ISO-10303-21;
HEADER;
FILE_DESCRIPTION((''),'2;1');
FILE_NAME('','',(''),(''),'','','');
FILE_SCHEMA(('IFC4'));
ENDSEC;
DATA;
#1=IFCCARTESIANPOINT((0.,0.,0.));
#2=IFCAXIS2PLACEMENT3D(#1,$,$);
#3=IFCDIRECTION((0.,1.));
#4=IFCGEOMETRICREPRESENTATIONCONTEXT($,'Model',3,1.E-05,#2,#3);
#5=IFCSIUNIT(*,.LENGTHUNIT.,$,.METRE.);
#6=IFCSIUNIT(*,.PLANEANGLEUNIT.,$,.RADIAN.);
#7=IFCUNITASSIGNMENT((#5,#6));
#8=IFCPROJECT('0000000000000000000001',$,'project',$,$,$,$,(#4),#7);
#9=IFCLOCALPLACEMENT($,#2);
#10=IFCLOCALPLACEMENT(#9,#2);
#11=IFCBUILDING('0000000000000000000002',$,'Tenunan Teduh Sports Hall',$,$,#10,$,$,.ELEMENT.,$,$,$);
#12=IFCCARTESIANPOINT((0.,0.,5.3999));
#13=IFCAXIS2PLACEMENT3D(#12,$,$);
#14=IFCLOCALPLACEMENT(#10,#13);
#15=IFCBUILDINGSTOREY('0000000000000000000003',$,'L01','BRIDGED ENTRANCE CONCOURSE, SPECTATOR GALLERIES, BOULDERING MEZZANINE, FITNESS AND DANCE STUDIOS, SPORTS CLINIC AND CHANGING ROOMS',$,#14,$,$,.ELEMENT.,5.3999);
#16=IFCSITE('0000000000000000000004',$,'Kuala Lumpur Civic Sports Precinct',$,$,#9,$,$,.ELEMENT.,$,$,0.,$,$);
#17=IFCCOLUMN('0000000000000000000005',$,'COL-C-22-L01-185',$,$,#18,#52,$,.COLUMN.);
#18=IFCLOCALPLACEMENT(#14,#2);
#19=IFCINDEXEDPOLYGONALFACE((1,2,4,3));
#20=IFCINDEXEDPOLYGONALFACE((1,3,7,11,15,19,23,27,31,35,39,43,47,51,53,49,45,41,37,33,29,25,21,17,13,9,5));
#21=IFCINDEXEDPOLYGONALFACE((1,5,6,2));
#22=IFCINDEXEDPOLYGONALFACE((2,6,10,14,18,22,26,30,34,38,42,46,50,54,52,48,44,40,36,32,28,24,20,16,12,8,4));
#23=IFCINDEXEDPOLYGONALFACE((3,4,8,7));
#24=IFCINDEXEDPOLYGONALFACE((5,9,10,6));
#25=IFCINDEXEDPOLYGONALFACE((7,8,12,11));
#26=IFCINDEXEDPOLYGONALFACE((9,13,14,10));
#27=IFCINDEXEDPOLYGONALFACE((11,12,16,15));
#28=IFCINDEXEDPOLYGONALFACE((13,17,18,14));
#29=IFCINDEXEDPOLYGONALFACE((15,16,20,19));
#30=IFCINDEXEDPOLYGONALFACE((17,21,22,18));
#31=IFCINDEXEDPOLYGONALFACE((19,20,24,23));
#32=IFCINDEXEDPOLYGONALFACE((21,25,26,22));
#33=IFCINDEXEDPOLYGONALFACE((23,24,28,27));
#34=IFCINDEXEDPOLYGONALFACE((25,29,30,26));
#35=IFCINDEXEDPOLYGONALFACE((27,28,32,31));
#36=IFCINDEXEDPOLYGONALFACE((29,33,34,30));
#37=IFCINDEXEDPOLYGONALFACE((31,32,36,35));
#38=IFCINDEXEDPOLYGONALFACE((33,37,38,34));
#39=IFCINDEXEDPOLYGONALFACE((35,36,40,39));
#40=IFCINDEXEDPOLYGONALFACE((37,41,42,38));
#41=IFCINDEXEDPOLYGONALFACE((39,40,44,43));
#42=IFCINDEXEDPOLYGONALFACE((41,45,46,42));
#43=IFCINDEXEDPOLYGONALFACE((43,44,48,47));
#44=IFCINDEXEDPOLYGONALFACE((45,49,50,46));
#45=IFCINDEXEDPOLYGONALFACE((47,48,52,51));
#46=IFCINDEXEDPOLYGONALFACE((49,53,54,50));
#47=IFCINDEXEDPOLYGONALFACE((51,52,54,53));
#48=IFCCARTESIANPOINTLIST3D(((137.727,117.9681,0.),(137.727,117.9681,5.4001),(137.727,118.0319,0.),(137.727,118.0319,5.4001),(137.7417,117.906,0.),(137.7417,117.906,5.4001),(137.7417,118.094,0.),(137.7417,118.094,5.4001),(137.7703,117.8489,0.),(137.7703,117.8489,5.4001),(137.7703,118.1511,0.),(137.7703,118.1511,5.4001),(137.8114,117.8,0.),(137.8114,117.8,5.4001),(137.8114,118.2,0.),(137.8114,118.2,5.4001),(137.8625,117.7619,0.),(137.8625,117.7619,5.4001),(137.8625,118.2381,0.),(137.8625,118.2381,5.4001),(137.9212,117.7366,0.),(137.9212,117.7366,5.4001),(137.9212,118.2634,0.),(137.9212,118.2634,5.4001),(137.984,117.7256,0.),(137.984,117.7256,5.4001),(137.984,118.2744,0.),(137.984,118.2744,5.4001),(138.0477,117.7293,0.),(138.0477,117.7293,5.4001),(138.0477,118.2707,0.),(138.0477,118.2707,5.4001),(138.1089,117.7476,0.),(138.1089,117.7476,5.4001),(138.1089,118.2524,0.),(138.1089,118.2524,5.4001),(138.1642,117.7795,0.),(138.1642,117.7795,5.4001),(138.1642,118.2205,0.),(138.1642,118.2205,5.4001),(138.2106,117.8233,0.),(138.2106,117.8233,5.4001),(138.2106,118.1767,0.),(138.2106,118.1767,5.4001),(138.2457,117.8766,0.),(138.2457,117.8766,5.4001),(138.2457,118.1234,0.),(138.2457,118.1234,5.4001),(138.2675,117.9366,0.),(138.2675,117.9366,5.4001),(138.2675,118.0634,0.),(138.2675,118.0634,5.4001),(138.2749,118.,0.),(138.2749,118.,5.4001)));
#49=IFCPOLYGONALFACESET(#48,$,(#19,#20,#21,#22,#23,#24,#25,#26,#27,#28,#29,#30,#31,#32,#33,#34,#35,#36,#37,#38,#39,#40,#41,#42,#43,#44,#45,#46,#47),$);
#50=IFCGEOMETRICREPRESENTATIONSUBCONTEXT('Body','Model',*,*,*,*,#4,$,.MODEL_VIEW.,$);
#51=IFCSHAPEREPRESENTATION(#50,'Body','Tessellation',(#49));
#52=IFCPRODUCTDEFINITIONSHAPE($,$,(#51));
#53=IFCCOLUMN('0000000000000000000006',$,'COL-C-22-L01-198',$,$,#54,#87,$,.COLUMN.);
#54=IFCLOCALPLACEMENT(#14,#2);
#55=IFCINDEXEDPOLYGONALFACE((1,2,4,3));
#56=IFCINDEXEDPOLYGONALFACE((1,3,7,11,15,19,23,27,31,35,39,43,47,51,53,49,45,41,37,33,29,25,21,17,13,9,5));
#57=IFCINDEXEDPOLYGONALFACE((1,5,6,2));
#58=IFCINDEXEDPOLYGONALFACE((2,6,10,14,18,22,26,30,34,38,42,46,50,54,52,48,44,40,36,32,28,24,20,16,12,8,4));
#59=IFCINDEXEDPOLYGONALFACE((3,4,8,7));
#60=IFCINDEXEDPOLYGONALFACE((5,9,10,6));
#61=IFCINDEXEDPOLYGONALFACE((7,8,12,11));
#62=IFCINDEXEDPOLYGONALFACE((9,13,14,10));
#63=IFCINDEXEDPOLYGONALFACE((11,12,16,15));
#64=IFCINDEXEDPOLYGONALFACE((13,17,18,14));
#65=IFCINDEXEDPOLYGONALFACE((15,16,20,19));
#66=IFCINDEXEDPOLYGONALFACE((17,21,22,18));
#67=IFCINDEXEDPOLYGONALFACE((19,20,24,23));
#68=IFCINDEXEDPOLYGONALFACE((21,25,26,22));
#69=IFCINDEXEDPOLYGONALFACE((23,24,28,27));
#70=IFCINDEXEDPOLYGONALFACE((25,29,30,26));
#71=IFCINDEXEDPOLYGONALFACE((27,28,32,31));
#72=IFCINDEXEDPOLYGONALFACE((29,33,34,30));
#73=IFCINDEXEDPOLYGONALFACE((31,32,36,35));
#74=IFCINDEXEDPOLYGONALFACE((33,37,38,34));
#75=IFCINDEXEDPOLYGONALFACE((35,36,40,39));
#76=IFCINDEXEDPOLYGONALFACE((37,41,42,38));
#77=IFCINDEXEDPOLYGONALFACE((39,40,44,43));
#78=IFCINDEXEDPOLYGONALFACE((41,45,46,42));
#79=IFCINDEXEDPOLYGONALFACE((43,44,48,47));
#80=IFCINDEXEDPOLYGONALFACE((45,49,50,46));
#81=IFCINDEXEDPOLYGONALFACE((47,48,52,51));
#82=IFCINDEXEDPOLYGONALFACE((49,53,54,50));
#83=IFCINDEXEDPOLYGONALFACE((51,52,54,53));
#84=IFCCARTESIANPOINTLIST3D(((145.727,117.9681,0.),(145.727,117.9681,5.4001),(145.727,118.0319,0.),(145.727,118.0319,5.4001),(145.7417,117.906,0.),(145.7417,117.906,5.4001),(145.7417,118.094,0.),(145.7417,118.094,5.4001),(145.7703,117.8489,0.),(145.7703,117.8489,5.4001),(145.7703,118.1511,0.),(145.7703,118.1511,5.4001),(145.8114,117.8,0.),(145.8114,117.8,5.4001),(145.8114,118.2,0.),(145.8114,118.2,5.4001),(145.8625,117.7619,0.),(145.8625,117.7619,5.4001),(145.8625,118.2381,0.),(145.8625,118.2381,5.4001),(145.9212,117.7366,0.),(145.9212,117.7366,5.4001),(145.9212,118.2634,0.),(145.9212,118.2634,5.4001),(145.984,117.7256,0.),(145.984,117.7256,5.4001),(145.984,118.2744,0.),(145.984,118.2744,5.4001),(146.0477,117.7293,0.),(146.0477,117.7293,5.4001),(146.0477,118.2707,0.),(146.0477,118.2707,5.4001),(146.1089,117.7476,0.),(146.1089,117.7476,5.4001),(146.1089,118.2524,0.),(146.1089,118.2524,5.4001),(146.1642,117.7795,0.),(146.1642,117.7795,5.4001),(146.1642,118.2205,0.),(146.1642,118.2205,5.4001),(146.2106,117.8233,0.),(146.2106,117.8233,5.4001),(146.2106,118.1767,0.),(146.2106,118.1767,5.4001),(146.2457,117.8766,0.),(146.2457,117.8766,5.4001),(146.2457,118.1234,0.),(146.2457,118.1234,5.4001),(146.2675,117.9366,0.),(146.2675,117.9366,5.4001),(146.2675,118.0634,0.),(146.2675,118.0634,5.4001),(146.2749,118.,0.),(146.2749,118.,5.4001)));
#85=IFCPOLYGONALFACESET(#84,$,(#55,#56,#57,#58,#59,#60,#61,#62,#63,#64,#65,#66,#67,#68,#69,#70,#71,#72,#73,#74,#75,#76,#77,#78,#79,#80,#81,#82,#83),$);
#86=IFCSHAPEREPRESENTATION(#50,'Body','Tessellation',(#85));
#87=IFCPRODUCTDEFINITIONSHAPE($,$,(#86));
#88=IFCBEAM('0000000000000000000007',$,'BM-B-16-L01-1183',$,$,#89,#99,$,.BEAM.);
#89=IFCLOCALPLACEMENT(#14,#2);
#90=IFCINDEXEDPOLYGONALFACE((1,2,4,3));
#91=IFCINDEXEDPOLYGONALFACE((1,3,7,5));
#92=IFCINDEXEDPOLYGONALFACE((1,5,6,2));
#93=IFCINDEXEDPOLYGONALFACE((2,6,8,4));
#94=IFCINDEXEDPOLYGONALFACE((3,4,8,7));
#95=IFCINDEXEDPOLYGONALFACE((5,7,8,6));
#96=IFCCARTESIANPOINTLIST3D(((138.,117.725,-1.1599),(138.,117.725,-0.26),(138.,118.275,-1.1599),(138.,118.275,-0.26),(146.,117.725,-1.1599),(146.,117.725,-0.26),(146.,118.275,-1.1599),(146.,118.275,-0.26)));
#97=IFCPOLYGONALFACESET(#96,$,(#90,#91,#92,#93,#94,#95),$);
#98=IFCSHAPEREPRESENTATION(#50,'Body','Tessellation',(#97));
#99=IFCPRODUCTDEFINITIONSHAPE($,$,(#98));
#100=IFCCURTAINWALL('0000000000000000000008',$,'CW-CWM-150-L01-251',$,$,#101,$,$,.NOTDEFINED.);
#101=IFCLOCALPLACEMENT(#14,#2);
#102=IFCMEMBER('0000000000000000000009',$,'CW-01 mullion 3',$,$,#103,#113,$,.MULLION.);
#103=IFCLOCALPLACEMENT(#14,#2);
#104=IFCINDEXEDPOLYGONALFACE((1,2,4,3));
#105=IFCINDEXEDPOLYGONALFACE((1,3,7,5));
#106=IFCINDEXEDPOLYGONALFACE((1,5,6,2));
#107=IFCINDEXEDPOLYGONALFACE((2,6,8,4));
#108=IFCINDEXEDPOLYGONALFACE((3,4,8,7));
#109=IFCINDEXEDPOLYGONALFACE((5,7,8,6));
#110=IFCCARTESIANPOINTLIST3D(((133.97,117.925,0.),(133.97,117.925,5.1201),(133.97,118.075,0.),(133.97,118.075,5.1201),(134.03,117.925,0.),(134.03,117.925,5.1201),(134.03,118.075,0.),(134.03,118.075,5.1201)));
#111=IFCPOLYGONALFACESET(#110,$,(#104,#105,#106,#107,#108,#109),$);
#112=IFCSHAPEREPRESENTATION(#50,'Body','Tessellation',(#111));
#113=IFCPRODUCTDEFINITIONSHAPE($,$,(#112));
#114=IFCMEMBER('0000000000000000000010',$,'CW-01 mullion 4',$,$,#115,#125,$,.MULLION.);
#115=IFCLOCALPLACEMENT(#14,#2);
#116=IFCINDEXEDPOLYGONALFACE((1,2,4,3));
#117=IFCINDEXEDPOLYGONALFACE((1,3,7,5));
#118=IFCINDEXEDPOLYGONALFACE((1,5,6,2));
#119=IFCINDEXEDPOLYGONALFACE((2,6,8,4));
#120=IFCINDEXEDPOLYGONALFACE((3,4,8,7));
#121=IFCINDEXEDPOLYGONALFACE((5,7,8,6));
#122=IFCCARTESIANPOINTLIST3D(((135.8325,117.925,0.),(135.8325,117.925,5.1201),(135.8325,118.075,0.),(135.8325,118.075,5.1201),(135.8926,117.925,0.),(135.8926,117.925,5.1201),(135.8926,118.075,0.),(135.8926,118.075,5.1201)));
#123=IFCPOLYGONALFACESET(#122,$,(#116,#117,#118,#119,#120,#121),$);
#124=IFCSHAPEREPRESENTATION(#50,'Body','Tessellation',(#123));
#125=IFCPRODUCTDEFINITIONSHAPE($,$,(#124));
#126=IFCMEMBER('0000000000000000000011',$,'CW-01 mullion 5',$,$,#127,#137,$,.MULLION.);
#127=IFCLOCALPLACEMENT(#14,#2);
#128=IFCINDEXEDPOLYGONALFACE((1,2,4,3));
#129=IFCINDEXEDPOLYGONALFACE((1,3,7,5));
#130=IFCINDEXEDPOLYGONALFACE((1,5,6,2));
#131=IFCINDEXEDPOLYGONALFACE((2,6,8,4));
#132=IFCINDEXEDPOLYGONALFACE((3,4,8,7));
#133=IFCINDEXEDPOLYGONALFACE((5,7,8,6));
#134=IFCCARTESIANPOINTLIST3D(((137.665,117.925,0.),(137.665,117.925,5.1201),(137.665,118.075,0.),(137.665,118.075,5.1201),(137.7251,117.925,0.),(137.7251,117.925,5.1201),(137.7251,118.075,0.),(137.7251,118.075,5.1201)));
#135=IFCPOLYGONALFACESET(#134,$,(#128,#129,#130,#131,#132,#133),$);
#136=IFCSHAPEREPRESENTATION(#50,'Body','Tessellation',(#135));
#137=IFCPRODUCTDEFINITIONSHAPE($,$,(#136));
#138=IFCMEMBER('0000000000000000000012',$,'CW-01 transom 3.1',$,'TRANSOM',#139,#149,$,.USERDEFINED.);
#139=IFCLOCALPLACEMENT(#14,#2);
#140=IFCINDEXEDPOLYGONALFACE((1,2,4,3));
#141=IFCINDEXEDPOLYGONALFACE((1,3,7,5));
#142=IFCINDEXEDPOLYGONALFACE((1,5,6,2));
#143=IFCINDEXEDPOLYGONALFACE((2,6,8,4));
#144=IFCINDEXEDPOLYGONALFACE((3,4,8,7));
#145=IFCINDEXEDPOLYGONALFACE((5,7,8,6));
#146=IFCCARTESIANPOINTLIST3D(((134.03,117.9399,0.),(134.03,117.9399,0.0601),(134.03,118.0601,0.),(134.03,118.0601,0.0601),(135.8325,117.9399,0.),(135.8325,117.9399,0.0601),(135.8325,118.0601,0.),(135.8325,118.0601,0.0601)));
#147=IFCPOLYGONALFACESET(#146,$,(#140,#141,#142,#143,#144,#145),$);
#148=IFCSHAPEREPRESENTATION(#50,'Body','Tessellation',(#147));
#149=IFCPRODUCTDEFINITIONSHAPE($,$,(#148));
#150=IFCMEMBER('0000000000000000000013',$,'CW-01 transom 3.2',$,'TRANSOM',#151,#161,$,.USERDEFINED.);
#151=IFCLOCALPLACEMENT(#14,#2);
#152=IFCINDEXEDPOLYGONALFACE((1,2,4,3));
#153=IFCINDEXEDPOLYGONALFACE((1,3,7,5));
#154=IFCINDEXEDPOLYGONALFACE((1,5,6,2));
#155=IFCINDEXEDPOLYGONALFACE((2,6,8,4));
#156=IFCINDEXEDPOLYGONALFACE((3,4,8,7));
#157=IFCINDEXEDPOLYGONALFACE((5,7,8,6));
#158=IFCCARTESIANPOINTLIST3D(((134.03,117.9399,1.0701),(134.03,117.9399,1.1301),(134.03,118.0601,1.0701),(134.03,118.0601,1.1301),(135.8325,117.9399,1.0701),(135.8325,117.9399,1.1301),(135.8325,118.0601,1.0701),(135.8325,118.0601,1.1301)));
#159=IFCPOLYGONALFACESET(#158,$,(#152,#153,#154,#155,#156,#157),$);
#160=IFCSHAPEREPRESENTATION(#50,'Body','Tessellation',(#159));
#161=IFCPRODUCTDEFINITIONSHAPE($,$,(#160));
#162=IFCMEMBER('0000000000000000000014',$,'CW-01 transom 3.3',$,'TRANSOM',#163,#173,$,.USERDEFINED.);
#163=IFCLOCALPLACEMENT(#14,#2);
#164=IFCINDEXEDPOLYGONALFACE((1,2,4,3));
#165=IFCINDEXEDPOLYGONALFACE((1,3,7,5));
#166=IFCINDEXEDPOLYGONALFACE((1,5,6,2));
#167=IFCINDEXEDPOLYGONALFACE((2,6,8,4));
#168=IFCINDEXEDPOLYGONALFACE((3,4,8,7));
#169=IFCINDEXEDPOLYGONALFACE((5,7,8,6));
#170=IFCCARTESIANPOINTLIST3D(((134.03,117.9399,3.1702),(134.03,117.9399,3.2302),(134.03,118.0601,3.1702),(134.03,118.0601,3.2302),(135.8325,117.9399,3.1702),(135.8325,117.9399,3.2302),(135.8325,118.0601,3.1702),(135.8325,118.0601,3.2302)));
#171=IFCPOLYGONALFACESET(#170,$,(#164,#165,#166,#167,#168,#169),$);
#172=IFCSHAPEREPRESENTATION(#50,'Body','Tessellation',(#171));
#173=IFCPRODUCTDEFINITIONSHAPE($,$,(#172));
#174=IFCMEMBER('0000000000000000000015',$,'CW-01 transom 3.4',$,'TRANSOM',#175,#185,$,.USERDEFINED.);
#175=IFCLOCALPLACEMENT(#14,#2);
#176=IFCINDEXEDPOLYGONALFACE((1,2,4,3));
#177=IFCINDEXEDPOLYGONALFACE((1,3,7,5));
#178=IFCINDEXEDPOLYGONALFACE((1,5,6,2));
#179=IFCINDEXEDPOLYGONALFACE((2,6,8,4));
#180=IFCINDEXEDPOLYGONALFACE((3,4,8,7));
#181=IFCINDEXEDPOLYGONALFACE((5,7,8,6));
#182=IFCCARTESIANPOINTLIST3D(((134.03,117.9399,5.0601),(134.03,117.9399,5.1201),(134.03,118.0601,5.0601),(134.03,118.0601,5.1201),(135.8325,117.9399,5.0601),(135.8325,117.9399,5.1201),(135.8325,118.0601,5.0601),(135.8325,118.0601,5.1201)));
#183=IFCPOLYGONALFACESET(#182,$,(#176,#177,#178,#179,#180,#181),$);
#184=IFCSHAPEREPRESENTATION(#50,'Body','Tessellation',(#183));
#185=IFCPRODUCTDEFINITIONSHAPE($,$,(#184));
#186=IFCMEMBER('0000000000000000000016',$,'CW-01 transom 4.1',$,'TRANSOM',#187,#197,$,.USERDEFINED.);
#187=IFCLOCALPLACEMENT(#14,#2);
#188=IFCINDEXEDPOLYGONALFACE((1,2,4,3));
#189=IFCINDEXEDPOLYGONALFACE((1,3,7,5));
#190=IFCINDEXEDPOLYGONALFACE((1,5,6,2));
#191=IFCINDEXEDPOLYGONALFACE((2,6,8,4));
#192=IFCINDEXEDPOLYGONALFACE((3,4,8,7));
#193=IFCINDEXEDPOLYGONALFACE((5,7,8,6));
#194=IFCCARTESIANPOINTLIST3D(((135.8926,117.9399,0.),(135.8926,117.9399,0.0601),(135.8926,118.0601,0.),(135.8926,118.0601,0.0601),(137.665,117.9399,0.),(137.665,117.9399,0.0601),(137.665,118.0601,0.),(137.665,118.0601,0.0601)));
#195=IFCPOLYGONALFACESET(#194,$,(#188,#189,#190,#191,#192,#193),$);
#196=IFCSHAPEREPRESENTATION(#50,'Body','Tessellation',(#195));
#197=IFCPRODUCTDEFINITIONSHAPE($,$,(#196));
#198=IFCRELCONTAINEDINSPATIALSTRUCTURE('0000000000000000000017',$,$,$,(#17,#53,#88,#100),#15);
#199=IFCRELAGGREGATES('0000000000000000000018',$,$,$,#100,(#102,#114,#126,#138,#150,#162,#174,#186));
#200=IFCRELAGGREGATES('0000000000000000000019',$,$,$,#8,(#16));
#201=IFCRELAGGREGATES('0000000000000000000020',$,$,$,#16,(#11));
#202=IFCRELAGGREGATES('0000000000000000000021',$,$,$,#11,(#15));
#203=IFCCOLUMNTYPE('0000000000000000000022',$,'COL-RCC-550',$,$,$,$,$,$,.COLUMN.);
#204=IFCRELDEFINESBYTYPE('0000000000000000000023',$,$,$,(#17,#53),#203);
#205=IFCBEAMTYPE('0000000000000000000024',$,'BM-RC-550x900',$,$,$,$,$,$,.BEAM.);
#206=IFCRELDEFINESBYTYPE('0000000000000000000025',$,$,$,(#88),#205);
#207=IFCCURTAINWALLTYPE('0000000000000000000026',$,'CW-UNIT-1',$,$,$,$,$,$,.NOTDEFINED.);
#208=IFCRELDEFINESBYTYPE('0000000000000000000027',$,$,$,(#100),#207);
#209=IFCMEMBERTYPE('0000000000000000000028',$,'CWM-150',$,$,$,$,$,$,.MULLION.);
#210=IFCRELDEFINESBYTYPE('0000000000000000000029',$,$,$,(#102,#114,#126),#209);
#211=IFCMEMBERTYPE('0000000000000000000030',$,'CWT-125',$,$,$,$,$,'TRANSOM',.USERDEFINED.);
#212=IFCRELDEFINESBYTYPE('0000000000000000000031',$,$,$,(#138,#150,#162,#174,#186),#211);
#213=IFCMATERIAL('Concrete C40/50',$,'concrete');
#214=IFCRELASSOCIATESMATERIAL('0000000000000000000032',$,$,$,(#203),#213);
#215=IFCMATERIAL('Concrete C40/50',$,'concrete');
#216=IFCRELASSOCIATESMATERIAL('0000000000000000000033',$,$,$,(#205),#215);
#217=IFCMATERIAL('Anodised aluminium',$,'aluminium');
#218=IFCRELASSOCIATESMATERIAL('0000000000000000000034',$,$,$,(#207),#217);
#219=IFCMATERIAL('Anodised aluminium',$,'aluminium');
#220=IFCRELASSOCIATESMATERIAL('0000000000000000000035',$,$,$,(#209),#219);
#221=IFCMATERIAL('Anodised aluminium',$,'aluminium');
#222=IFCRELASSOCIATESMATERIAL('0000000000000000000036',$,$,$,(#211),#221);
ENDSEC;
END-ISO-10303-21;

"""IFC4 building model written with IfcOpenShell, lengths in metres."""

from ifc_helpers import new_model, si_unit, direction, frame, origin, origin_2d, place, context, subcontext, project, spatial, rectangle, circle, extrude, material, material_profile, profile_set, type_object, element, aggregate, save


model = new_model("IFC4")

# Units and contexts
model_context = context("Model", 3, precision=1e-05, world=origin(), true_north=direction((0.0, 1.0)))
body_context = subcontext(model_context, "Body", "Model", "MODEL_VIEW")
ifc_project = project(units=[si_unit("LENGTHUNIT", "METRE"), si_unit("PLANEANGLEUNIT", "RADIAN")], contexts=[model_context])

# Site, building, storey
site_placement = place(None, origin())
site = spatial("IfcSite", under=ifc_project, at=site_placement, Name="Kuala Lumpur Civic Sports Precinct", CompositionType="ELEMENT", RefElevation=0.0)
building_placement = place(site_placement, origin())
building = spatial("IfcBuilding", under=site, at=building_placement, Name="Tenunan Teduh Sports Hall", CompositionType="ELEMENT")
storey_placement = place(building_placement, frame((0.0, 0.0, 5.3999)))
storey = spatial("IfcBuildingStorey", under=building, at=storey_placement, Name="L01", Description="BRIDGED ENTRANCE CONCOURSE, SPECTATOR GALLERIES, BOULDERING MEZZANINE, FITNESS AND DANCE STUDIOS, SPORTS CLINIC AND CHANGING ROOMS", CompositionType="ELEMENT", Elevation=5.3999)

# Columns
ifc_material_1 = material(Name="Concrete C40/50", Category="concrete")
ifc_material_profile_1 = material_profile(ifc_material_1, circle(Radius=0.2749, at=origin_2d()), Name="RCC D550")
ifc_profile_set_1 = profile_set([ifc_material_profile_1], Name="Concrete C40/50")
column_type = type_object("IfcColumnType", Name="COL-RCC-550", PredefinedType="COLUMN", material=ifc_profile_set_1)
for number, where, z_axis, x_axis, name in (
    (1, (138.0, 118.0, 0.0), (0.0, 0.0, 1.0), (1.0, 0.0, 0.0), "COL-C-22-L01-185"),
    (2, (146.0, 118.0, 0.0), (0.0, 0.0, 1.0), (1.0, 0.0, 0.0), "COL-C-22-L01-198"),
):
    element("IfcColumn", number, at=place(storey_placement, frame(where, z_axis=z_axis, x_axis=x_axis)), inside=storey, type_object=column_type, Name=name, PredefinedType="COLUMN", context=body_context, shape_type="SweptSolid", body=[
        extrude(circle(Radius=0.2749, at=origin_2d()), origin(), (0.0, 0.0, 1.0), 5.4001),
    ])

# Beam
ifc_material_2 = material(Name="Concrete C40/50", Category="concrete")
ifc_material_profile_2 = material_profile(ifc_material_2, rectangle(XDim=0.55, YDim=0.8999, at=origin_2d()), Name="RCB 550x900")
ifc_profile_set_2 = profile_set([ifc_material_profile_2], Name="Concrete C40/50")
beam_type_1 = type_object("IfcBeamType", Name="BM-RC-550x900", PredefinedType="BEAM", material=ifc_profile_set_2)
beam_1_placement = place(storey_placement, frame((138.0, 118.0, -0.71), z_axis=(1.0, 0.0, 0.0), x_axis=(0.0, 1.0, 0.0)))
element("IfcBeam", 3, at=beam_1_placement, inside=storey, type_object=beam_type_1, Name="BM-B-16-L01-1183", PredefinedType="BEAM", context=body_context, shape_type="SweptSolid", body=[
    extrude(rectangle(XDim=0.55, YDim=0.8999, at=origin_2d()), origin(), (0.0, 0.0, 1.0), 8.0),
])

# Curtain wall, members
ifc_material_3 = material(Name="Anodised aluminium", Category="aluminium")
curtain_wall_type = type_object("IfcCurtainWallType", Name="CW-UNIT-1", PredefinedType="NOTDEFINED", material=ifc_material_3)
curtain_wall_placement = place(storey_placement, origin())
curtain_wall = element("IfcCurtainWall", 4, at=curtain_wall_placement, inside=storey, type_object=curtain_wall_type, Name="CW-CWM-150-L01-251", PredefinedType="NOTDEFINED")
ifc_material_4 = material(Name="Anodised aluminium", Category="aluminium")
ifc_material_profile_3 = material_profile(ifc_material_4, rectangle(XDim=0.0601, YDim=0.1499, at=origin_2d()), Name="CWM 60x150")
ifc_profile_set_3 = profile_set([ifc_material_profile_3], Name="Anodised aluminium")
member_type_1 = type_object("IfcMemberType", Name="CWM-150", PredefinedType="MULLION", material=ifc_profile_set_3)
member_1_placement = place(storey_placement, frame((134.0, 118.0, 0.0), z_axis=(0.0, 0.0, 1.0), x_axis=(1.0, 0.0, 0.0)))
member_1 = element("IfcMember", 5, at=member_1_placement, type_object=member_type_1, Name="CW-01 mullion 3", PredefinedType="MULLION", context=body_context, shape_type="SweptSolid", body=[
    extrude(rectangle(XDim=0.0601, YDim=0.1499, at=origin_2d()), origin(), (0.0, 0.0, 1.0), 5.1201),
])
member_2_placement = place(storey_placement, frame((135.8625, 118.0, 0.0), z_axis=(0.0, 0.0, 1.0), x_axis=(1.0, 0.0, 0.0)))
member_2 = element("IfcMember", 6, at=member_2_placement, type_object=member_type_1, Name="CW-01 mullion 4", PredefinedType="MULLION", context=body_context, shape_type="SweptSolid", body=[
    extrude(rectangle(XDim=0.0601, YDim=0.1499, at=origin_2d()), origin(), (0.0, 0.0, 1.0), 5.1201),
])
member_3_placement = place(storey_placement, frame((137.6951, 118.0, 0.0), z_axis=(0.0, 0.0, 1.0), x_axis=(1.0, 0.0, 0.0)))
member_3 = element("IfcMember", 7, at=member_3_placement, type_object=member_type_1, Name="CW-01 mullion 5", PredefinedType="MULLION", context=body_context, shape_type="SweptSolid", body=[
    extrude(rectangle(XDim=0.0601, YDim=0.1499, at=origin_2d()), origin(), (0.0, 0.0, 1.0), 5.1201),
])
ifc_material_5 = material(Name="Anodised aluminium", Category="aluminium")
ifc_material_profile_4 = material_profile(ifc_material_5, rectangle(XDim=0.0601, YDim=0.1201, at=origin_2d()), Name="CWT 60x120")
ifc_profile_set_4 = profile_set([ifc_material_profile_4], Name="Anodised aluminium")
member_type_2 = type_object("IfcMemberType", Name="CWT-125", ElementType="TRANSOM", PredefinedType="USERDEFINED", material=ifc_profile_set_4)
member_4_placement = place(storey_placement, frame((134.03, 118.0, 0.03), z_axis=(1.0, 0.0, 0.0), x_axis=(0.0, 0.0, 1.0)))
member_4 = element("IfcMember", 8, at=member_4_placement, type_object=member_type_2, Name="CW-01 transom 3.1", ObjectType="TRANSOM", PredefinedType="USERDEFINED", context=body_context, shape_type="SweptSolid", body=[
    extrude(rectangle(XDim=0.0601, YDim=0.1201, at=origin_2d()), origin(), (0.0, 0.0, 1.0), 1.8025),
])
member_5_placement = place(storey_placement, frame((134.03, 118.0, 1.1001), z_axis=(1.0, 0.0, 0.0), x_axis=(0.0, 0.0, 1.0)))
member_5 = element("IfcMember", 9, at=member_5_placement, type_object=member_type_2, Name="CW-01 transom 3.2", ObjectType="TRANSOM", PredefinedType="USERDEFINED", context=body_context, shape_type="SweptSolid", body=[
    extrude(rectangle(XDim=0.0601, YDim=0.1201, at=origin_2d()), origin(), (0.0, 0.0, 1.0), 1.8025),
])
member_6_placement = place(storey_placement, frame((134.03, 118.0, 3.2002), z_axis=(1.0, 0.0, 0.0), x_axis=(0.0, 0.0, 1.0)))
member_6 = element("IfcMember", 10, at=member_6_placement, type_object=member_type_2, Name="CW-01 transom 3.3", ObjectType="TRANSOM", PredefinedType="USERDEFINED", context=body_context, shape_type="SweptSolid", body=[
    extrude(rectangle(XDim=0.0601, YDim=0.1201, at=origin_2d()), origin(), (0.0, 0.0, 1.0), 1.8025),
])
member_7_placement = place(storey_placement, frame((134.03, 118.0, 5.0901), z_axis=(1.0, 0.0, 0.0), x_axis=(0.0, 0.0, 1.0)))
member_7 = element("IfcMember", 11, at=member_7_placement, type_object=member_type_2, Name="CW-01 transom 3.4", ObjectType="TRANSOM", PredefinedType="USERDEFINED", context=body_context, shape_type="SweptSolid", body=[
    extrude(rectangle(XDim=0.0601, YDim=0.1201, at=origin_2d()), origin(), (0.0, 0.0, 1.0), 1.8025),
])
member_8_placement = place(storey_placement, frame((135.8926, 118.0, 0.03), z_axis=(1.0, 0.0, 0.0), x_axis=(0.0, 0.0, 1.0)))
member_8 = element("IfcMember", 12, at=member_8_placement, type_object=member_type_2, Name="CW-01 transom 4.1", ObjectType="TRANSOM", PredefinedType="USERDEFINED", context=body_context, shape_type="SweptSolid", body=[
    extrude(rectangle(XDim=0.0601, YDim=0.1201, at=origin_2d()), origin(), (0.0, 0.0, 1.0), 1.7725),
])

aggregate(curtain_wall, [member_1, member_2, member_3, member_4, member_5, member_6, member_7, member_8])

save(model, "model.ifc")
